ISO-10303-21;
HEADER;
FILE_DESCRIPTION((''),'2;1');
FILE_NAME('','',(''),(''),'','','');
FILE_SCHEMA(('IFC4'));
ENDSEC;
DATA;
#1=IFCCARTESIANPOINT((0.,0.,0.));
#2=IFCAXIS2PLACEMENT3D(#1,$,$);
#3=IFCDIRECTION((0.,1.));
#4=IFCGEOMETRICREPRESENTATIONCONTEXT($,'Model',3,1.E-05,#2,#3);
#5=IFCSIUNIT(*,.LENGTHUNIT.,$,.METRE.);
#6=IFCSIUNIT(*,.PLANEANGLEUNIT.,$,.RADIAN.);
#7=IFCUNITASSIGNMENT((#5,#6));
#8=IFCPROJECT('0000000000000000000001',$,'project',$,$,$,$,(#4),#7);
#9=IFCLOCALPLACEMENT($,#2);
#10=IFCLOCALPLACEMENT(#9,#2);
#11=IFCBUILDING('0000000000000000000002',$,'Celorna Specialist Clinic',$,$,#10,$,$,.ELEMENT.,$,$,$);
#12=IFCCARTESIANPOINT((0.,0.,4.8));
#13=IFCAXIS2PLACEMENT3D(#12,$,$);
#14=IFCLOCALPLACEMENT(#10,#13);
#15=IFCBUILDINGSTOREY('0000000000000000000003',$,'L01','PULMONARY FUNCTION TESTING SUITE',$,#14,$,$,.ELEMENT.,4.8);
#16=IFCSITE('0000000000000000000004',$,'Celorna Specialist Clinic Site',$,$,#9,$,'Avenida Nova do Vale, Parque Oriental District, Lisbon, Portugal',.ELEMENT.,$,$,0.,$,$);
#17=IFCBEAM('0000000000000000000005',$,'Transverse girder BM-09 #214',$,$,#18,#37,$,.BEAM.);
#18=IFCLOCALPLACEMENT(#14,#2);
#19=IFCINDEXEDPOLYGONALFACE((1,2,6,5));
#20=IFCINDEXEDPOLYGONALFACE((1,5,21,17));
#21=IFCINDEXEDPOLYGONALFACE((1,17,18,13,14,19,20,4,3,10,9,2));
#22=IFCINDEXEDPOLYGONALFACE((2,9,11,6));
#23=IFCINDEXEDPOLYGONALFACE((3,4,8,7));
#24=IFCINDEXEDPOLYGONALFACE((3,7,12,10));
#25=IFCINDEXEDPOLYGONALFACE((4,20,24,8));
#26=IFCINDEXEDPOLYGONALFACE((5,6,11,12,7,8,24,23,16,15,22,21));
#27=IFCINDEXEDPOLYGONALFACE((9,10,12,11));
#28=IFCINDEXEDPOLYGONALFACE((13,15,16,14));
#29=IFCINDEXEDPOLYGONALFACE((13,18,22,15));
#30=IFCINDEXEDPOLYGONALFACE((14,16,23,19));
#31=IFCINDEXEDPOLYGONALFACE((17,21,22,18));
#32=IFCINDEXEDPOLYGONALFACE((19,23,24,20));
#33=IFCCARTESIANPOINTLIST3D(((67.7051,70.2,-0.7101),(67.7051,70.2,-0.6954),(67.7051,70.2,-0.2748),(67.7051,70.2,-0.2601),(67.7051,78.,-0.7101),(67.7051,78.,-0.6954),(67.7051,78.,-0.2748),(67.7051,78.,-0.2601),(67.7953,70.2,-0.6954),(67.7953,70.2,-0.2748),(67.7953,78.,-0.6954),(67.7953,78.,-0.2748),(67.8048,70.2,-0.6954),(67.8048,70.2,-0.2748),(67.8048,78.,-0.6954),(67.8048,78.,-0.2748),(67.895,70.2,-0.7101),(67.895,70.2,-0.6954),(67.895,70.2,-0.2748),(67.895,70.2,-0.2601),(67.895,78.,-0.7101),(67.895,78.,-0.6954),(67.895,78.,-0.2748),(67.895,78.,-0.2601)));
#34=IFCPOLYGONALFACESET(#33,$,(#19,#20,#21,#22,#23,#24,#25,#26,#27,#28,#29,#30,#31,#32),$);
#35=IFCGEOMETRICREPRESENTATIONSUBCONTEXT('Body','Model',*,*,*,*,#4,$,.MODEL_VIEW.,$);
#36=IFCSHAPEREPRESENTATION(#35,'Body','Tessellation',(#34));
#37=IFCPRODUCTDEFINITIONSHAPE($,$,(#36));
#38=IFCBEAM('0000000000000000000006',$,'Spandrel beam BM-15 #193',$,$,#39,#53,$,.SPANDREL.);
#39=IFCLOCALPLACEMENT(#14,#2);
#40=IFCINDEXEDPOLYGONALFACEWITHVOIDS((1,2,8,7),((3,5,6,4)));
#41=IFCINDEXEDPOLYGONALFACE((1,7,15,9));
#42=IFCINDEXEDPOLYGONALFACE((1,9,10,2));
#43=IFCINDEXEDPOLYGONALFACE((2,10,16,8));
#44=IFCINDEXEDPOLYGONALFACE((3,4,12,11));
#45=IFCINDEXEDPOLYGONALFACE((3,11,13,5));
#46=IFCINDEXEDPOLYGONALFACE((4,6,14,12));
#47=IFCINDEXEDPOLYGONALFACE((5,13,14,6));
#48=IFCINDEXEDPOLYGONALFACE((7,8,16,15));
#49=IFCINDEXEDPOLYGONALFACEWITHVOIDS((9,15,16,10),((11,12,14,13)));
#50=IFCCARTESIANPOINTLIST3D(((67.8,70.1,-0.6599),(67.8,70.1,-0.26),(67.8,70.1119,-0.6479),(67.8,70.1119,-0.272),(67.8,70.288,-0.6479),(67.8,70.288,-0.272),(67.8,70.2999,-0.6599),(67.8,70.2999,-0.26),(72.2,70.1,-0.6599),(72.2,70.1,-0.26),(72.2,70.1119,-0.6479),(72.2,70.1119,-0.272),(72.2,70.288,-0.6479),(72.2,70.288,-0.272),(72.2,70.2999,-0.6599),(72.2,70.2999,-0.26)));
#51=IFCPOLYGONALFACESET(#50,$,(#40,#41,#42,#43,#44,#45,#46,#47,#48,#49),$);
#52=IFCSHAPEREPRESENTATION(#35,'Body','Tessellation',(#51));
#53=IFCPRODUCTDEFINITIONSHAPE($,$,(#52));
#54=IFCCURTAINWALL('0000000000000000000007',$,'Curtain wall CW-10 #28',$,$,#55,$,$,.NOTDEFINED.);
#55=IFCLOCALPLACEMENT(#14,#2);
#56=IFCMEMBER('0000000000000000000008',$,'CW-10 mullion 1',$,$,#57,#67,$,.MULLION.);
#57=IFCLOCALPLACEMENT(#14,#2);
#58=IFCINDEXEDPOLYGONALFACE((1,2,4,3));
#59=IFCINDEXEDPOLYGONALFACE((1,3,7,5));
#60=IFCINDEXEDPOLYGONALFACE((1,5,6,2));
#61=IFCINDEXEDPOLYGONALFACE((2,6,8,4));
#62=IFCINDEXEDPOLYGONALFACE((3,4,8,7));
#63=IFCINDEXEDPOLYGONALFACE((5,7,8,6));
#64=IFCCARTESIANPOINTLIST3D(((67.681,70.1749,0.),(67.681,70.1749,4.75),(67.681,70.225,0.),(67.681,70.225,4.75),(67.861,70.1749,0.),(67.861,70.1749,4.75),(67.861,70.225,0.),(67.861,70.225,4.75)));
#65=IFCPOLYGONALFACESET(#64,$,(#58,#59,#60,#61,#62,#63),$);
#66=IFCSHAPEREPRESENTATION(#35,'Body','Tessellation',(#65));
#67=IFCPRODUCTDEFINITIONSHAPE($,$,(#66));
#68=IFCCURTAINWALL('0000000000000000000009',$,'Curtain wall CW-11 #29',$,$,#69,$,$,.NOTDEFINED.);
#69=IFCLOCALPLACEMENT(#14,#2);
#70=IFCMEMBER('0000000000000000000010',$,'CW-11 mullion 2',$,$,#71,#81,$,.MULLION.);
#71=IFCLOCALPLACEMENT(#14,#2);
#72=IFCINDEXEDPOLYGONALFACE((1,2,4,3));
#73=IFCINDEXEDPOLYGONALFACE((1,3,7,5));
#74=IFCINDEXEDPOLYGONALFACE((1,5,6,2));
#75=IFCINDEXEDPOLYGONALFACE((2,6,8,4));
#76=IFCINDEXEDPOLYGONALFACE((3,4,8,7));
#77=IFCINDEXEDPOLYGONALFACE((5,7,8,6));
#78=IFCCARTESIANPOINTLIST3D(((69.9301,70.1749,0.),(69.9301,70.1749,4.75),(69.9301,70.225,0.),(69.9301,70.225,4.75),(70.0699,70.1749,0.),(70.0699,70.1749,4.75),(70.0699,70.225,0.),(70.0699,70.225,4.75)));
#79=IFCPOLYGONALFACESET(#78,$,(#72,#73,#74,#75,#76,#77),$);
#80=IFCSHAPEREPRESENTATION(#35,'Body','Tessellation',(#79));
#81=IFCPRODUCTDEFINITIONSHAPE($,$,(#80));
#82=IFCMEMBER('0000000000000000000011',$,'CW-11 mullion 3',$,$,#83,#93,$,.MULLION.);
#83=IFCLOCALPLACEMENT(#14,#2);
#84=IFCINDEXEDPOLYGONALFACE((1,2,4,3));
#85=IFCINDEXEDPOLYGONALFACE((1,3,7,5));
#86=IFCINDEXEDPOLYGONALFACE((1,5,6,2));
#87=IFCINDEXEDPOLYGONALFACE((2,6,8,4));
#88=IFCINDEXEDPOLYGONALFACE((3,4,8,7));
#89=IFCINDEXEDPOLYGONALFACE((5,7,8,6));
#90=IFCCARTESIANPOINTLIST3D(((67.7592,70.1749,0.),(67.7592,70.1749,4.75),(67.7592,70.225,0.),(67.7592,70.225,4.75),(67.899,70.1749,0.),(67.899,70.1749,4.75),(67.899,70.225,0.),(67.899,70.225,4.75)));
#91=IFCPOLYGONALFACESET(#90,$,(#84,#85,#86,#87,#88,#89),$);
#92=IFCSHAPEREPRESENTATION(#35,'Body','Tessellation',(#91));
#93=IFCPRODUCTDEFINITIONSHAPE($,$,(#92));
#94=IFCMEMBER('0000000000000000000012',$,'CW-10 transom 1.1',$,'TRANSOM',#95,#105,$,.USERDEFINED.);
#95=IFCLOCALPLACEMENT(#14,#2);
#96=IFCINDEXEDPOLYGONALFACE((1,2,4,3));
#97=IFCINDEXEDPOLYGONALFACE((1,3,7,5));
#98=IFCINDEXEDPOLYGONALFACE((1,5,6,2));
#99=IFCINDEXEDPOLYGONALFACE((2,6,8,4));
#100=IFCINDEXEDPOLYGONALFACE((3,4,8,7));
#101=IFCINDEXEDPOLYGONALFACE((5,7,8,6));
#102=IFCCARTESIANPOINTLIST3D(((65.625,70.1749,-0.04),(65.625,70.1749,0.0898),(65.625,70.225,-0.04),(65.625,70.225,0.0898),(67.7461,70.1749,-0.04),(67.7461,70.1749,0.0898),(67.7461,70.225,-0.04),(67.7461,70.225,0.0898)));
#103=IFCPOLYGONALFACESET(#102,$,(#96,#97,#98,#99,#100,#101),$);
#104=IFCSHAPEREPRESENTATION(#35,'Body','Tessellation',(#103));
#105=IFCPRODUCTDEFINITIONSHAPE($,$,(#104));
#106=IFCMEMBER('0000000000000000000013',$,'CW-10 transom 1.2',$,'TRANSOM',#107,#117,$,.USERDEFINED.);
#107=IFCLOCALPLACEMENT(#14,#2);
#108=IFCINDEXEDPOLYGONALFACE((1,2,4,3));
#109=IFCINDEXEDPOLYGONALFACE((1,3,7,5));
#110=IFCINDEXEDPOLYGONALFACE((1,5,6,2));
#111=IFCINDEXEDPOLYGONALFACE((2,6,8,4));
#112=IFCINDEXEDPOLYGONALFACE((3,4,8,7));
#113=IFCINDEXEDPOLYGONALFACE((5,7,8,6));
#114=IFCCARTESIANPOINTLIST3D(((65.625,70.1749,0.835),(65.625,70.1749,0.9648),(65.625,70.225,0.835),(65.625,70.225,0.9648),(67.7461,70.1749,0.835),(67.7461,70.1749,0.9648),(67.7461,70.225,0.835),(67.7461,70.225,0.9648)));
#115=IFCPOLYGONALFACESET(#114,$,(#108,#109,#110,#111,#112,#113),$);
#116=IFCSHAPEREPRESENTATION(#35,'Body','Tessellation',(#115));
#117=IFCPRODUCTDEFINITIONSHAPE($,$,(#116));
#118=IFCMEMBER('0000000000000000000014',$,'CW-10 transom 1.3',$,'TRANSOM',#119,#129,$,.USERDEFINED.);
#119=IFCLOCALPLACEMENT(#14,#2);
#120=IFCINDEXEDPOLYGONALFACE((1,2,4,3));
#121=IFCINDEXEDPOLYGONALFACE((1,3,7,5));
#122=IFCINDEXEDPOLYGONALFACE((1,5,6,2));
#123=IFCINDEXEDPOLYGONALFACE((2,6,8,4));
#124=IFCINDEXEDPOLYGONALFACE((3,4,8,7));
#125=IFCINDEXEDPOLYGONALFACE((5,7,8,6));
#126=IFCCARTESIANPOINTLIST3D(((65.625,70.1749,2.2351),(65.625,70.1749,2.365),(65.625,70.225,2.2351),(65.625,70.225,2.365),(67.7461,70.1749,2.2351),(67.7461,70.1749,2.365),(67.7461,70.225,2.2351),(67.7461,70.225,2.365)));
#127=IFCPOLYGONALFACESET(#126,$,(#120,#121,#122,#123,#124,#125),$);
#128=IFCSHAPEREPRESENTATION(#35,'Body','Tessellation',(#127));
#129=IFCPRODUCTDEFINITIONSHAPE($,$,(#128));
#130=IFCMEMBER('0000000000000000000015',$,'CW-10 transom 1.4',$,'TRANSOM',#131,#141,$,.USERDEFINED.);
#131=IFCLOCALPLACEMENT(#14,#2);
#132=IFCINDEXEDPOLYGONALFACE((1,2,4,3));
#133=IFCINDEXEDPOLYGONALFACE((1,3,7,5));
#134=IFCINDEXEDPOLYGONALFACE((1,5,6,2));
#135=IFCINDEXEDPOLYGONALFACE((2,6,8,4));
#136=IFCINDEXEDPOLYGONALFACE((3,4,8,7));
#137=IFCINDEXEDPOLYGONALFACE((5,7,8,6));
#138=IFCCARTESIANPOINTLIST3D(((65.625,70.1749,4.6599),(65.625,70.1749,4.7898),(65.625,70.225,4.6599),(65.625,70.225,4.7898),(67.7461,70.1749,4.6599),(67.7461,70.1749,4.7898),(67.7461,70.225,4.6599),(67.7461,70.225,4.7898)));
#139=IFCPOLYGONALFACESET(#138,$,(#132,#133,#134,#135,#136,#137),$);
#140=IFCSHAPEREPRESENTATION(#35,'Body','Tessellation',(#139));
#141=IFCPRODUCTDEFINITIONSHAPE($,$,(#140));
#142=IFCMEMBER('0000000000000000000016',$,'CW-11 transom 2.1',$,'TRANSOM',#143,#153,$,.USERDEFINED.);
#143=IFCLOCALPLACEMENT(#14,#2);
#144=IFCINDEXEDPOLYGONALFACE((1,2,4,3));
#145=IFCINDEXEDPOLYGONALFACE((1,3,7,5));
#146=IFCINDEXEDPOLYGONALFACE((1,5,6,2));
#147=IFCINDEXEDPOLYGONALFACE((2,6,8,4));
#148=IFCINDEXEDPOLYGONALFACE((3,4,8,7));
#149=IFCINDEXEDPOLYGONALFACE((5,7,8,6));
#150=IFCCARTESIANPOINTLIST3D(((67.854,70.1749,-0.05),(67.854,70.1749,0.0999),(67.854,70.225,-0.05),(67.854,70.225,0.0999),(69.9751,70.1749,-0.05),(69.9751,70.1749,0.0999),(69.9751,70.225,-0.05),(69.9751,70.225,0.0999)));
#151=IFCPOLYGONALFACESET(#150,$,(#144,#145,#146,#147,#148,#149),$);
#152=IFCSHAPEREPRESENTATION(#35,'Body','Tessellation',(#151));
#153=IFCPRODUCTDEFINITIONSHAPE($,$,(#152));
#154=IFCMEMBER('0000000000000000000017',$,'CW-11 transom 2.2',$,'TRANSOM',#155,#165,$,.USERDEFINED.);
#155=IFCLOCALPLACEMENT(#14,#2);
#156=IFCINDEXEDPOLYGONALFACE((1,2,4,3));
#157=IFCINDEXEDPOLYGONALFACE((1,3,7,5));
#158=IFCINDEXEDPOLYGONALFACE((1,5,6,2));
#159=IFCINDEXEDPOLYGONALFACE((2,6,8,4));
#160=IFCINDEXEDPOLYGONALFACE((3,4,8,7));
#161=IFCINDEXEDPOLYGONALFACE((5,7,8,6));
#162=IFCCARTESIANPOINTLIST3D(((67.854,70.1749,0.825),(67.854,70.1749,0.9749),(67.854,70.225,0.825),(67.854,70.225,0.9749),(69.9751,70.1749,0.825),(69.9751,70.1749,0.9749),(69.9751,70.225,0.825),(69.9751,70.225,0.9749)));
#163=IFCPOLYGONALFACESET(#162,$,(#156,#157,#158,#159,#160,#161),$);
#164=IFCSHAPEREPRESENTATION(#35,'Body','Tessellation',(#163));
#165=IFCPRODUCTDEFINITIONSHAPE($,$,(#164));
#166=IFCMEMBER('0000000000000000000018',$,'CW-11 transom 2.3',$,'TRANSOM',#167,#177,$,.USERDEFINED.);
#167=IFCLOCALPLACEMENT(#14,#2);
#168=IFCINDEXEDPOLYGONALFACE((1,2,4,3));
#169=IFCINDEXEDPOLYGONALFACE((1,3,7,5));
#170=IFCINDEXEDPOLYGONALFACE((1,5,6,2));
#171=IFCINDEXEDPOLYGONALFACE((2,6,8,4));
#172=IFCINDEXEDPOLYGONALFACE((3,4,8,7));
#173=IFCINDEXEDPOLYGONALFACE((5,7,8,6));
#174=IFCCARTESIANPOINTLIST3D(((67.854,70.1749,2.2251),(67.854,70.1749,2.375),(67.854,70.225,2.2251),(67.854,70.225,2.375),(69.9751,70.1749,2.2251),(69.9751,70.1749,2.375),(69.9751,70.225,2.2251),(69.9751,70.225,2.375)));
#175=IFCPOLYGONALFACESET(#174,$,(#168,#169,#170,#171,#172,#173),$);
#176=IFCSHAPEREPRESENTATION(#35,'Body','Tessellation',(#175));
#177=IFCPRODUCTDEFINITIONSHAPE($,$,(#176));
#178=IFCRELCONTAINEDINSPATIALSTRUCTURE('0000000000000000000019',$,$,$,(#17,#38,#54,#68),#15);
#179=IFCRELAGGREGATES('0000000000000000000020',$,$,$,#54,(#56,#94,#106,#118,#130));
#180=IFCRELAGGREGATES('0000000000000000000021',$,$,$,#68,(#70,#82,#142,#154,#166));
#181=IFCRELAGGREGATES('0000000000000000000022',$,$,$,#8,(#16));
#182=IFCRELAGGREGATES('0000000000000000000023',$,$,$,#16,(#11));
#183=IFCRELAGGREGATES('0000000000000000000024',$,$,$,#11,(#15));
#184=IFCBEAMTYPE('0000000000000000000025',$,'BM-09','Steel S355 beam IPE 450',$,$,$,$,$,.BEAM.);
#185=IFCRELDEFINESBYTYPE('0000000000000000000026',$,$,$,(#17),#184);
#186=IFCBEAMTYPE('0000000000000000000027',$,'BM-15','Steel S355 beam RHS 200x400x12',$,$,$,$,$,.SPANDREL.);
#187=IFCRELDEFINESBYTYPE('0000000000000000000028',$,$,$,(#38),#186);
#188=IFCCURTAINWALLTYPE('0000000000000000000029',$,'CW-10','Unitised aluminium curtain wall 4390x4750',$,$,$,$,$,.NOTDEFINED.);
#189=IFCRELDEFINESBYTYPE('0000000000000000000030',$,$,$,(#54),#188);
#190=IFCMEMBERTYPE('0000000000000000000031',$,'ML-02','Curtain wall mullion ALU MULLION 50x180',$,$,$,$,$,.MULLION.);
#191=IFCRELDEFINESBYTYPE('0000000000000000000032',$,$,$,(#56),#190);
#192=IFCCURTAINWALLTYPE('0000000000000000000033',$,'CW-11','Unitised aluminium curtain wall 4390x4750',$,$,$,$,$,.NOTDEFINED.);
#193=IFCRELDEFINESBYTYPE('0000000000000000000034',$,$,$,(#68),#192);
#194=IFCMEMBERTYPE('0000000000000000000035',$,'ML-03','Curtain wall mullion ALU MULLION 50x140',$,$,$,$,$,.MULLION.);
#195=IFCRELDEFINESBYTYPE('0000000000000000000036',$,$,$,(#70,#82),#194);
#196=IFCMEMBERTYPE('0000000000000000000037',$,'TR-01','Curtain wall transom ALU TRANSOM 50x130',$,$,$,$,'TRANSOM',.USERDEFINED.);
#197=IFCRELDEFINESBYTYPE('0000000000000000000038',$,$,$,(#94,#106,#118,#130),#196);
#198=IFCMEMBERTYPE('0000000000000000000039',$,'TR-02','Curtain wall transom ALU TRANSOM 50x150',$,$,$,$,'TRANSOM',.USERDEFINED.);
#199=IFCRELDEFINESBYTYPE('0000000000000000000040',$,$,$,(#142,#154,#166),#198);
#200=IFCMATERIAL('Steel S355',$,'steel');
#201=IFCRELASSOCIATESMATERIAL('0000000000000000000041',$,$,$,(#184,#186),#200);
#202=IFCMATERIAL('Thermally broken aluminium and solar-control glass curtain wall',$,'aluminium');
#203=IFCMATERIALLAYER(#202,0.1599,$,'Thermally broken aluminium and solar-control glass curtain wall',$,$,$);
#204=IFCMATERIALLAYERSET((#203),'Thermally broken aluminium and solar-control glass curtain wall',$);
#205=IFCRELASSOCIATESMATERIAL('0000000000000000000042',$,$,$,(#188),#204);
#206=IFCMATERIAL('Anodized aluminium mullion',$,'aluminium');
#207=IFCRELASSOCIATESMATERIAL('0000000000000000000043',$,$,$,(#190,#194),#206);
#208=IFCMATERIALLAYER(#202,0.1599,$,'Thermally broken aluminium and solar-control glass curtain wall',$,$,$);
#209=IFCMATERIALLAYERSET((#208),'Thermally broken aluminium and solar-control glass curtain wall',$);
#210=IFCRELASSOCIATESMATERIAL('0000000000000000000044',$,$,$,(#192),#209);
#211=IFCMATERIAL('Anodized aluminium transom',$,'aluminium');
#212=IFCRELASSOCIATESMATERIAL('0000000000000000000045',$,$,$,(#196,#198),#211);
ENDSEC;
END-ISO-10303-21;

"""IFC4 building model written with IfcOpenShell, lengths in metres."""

from ifc_helpers import new_model, si_unit, direction, frame, origin, origin_2d, place, context, subcontext, project, spatial, rectangle, hollow_rectangle, i_section, extrude, material, layer, layer_set, material_profile, profile_set, type_object, element, aggregate, save


model = new_model("IFC4")

# Units and contexts
model_context = context("Model", 3, precision=1e-05, world=origin(), true_north=direction((0.0, 1.0)))
body_context = subcontext(model_context, "Body", "Model", "MODEL_VIEW")
ifc_project = project(units=[si_unit("LENGTHUNIT", "METRE"), si_unit("PLANEANGLEUNIT", "RADIAN")], contexts=[model_context])

# Site, building, storey
site_placement = place(None, origin())
site = spatial("IfcSite", under=ifc_project, at=site_placement, Name="Celorna Specialist Clinic Site", LongName="Avenida Nova do Vale, Parque Oriental District, Lisbon, Portugal", CompositionType="ELEMENT", RefElevation=0.0)
building_placement = place(site_placement, origin())
building = spatial("IfcBuilding", under=site, at=building_placement, Name="Celorna Specialist Clinic", CompositionType="ELEMENT")
storey_placement = place(building_placement, frame((0.0, 0.0, 4.8)))
storey = spatial("IfcBuildingStorey", under=building, at=storey_placement, Name="L01", Description="PULMONARY FUNCTION TESTING SUITE", CompositionType="ELEMENT", Elevation=4.8)

# Beams
ifc_material_1 = material(Name="Steel S355", Category="steel")
ifc_material_profile_1 = material_profile(ifc_material_1, i_section(OverallWidth=0.1899, OverallDepth=0.45, WebThickness=0.0095, FlangeThickness=0.0146, at=origin_2d()), Name="IPE 450")
ifc_profile_set_1 = profile_set([ifc_material_profile_1], Name="Steel S355")
beam_type_1 = type_object("IfcBeamType", Name="BM-09", Description="Steel S355 beam IPE 450", PredefinedType="BEAM", material=ifc_profile_set_1)
beam_1_placement = place(storey_placement, frame((67.8, 70.2, -0.4851), z_axis=(0.0, 1.0, 0.0), x_axis=(-1.0, 0.0, 0.0)))
element("IfcBeam", 1, at=beam_1_placement, inside=storey, type_object=beam_type_1, Name="Transverse girder BM-09 #214", PredefinedType="BEAM", context=body_context, shape_type="SweptSolid", body=[
    extrude(i_section(OverallWidth=0.1899, OverallDepth=0.45, WebThickness=0.0095, FlangeThickness=0.0146, at=origin_2d()), origin(), (0.0, 0.0, 1.0), 7.8),
])
ifc_material_profile_2 = material_profile(ifc_material_1, hollow_rectangle(XDim=0.2, YDim=0.3999, WallThickness=0.012, at=origin_2d()), Name="RHS 200x400x12")
ifc_profile_set_2 = profile_set([ifc_material_profile_2], Name="Steel S355")
beam_type_2 = type_object("IfcBeamType", Name="BM-15", Description="Steel S355 beam RHS 200x400x12", PredefinedType="SPANDREL", material=ifc_profile_set_2)
beam_2_placement = place(storey_placement, frame((67.8, 70.2, -0.46), z_axis=(1.0, 0.0, 0.0), x_axis=(0.0, 1.0, 0.0)))
element("IfcBeam", 2, at=beam_2_placement, inside=storey, type_object=beam_type_2, Name="Spandrel beam BM-15 #193", PredefinedType="SPANDREL", context=body_context, shape_type="SweptSolid", body=[
    extrude(hollow_rectangle(XDim=0.2, YDim=0.3999, WallThickness=0.012, at=origin_2d()), origin(), (0.0, 0.0, 1.0), 4.3999),
])

# Curtain wall, member
ifc_material_2 = material(Name="Thermally broken aluminium and solar-control glass curtain wall", Category="aluminium")
ifc_layer_1 = layer(ifc_material_2, 0.1599, Name="Thermally broken aluminium and solar-control glass curtain wall")
ifc_layer_set_1 = layer_set([ifc_layer_1], Name="Thermally broken aluminium and solar-control glass curtain wall")
curtain_wall_type_1 = type_object("IfcCurtainWallType", Name="CW-10", Description="Unitised aluminium curtain wall 4390x4750", PredefinedType="NOTDEFINED", material=ifc_layer_set_1)
curtain_wall_1_placement = place(storey_placement, origin())
curtain_wall_1 = element("IfcCurtainWall", 3, at=curtain_wall_1_placement, inside=storey, type_object=curtain_wall_type_1, Name="Curtain wall CW-10 #28", PredefinedType="NOTDEFINED")
ifc_material_3 = material(Name="Anodized aluminium mullion", Category="aluminium")
ifc_material_profile_3 = material_profile(ifc_material_3, rectangle(XDim=0.05, YDim=0.1799, at=origin_2d()), Name="ALU MULLION 50x180")
ifc_profile_set_3 = profile_set([ifc_material_profile_3], Name="Anodized aluminium mullion")
member_type_1 = type_object("IfcMemberType", Name="ML-02", Description="Curtain wall mullion ALU MULLION 50x180", PredefinedType="MULLION", material=ifc_profile_set_3)
member_1_placement = place(storey_placement, frame((67.771, 70.2, 0.0), z_axis=(0.0, 0.0, 1.0), x_axis=(0.0, -1.0, 0.0)))
member_1 = element("IfcMember", 4, at=member_1_placement, type_object=member_type_1, Name="CW-10 mullion 1", PredefinedType="MULLION", context=body_context, shape_type="SweptSolid", body=[
    extrude(rectangle(XDim=0.05, YDim=0.1799, at=origin_2d()), origin(), (0.0, 0.0, 1.0), 4.75),
])

# Curtain wall, members
ifc_layer_2 = layer(ifc_material_2, 0.1599, Name="Thermally broken aluminium and solar-control glass curtain wall")
ifc_layer_set_2 = layer_set([ifc_layer_2], Name="Thermally broken aluminium and solar-control glass curtain wall")
curtain_wall_type_2 = type_object("IfcCurtainWallType", Name="CW-11", Description="Unitised aluminium curtain wall 4390x4750", PredefinedType="NOTDEFINED", material=ifc_layer_set_2)
curtain_wall_2_placement = place(storey_placement, origin())
curtain_wall_2 = element("IfcCurtainWall", 5, at=curtain_wall_2_placement, inside=storey, type_object=curtain_wall_type_2, Name="Curtain wall CW-11 #29", PredefinedType="NOTDEFINED")
ifc_material_profile_4 = material_profile(ifc_material_3, rectangle(XDim=0.05, YDim=0.1399, at=origin_2d()), Name="ALU MULLION 50x140")
ifc_profile_set_4 = profile_set([ifc_material_profile_4], Name="Anodized aluminium mullion")
member_type_2 = type_object("IfcMemberType", Name="ML-03", Description="Curtain wall mullion ALU MULLION 50x140", PredefinedType="MULLION", material=ifc_profile_set_4)
member_2_placement = place(storey_placement, frame((70.0, 70.2, 0.0), z_axis=(0.0, 0.0, 1.0), x_axis=(0.0, -1.0, 0.0)))
member_2 = element("IfcMember", 6, at=member_2_placement, type_object=member_type_2, Name="CW-11 mullion 2", PredefinedType="MULLION", context=body_context, shape_type="SweptSolid", body=[
    extrude(rectangle(XDim=0.05, YDim=0.1399, at=origin_2d()), origin(), (0.0, 0.0, 1.0), 4.75),
])
member_3_placement = place(storey_placement, frame((67.8291, 70.2, 0.0), z_axis=(0.0, 0.0, 1.0), x_axis=(0.0, -1.0, 0.0)))
member_3 = element("IfcMember", 7, at=member_3_placement, type_object=member_type_2, Name="CW-11 mullion 3", PredefinedType="MULLION", context=body_context, shape_type="SweptSolid", body=[
    extrude(rectangle(XDim=0.05, YDim=0.1399, at=origin_2d()), origin(), (0.0, 0.0, 1.0), 4.75),
])

# Members
ifc_material_4 = material(Name="Anodized aluminium transom", Category="aluminium")
ifc_material_profile_5 = material_profile(ifc_material_4, rectangle(XDim=0.05, YDim=0.1299, at=origin_2d()), Name="ALU TRANSOM 50x130")
ifc_profile_set_5 = profile_set([ifc_material_profile_5], Name="Anodized aluminium transom")
member_type_3 = type_object("IfcMemberType", Name="TR-01", Description="Curtain wall transom ALU TRANSOM 50x130", ElementType="TRANSOM", PredefinedType="USERDEFINED", material=ifc_profile_set_5)
member_4_placement = place(storey_placement, frame((67.7461, 70.2, 0.0249), z_axis=(-1.0, 0.0, 0.0), x_axis=(0.0, -1.0, 0.0)))
member_4 = element("IfcMember", 8, at=member_4_placement, type_object=member_type_3, Name="CW-10 transom 1.1", ObjectType="TRANSOM", PredefinedType="USERDEFINED", context=body_context, shape_type="SweptSolid", body=[
    extrude(rectangle(XDim=0.05, YDim=0.1299, at=origin_2d()), origin(), (0.0, 0.0, 1.0), 2.1211),
])
member_5_placement = place(storey_placement, frame((67.7461, 70.2, 0.8999), z_axis=(-1.0, 0.0, 0.0), x_axis=(0.0, -1.0, 0.0)))
member_5 = element("IfcMember", 9, at=member_5_placement, type_object=member_type_3, Name="CW-10 transom 1.2", ObjectType="TRANSOM", PredefinedType="USERDEFINED", context=body_context, shape_type="SweptSolid", body=[
    extrude(rectangle(XDim=0.05, YDim=0.1299, at=origin_2d()), origin(), (0.0, 0.0, 1.0), 2.1211),
])
member_6_placement = place(storey_placement, frame((67.7461, 70.2, 2.3), z_axis=(-1.0, 0.0, 0.0), x_axis=(0.0, -1.0, 0.0)))
member_6 = element("IfcMember", 10, at=member_6_placement, type_object=member_type_3, Name="CW-10 transom 1.3", ObjectType="TRANSOM", PredefinedType="USERDEFINED", context=body_context, shape_type="SweptSolid", body=[
    extrude(rectangle(XDim=0.05, YDim=0.1299, at=origin_2d()), origin(), (0.0, 0.0, 1.0), 2.1211),
])
member_7_placement = place(storey_placement, frame((67.7461, 70.2, 4.7249), z_axis=(-1.0, 0.0, 0.0), x_axis=(0.0, -1.0, 0.0)))
member_7 = element("IfcMember", 11, at=member_7_placement, type_object=member_type_3, Name="CW-10 transom 1.4", ObjectType="TRANSOM", PredefinedType="USERDEFINED", context=body_context, shape_type="SweptSolid", body=[
    extrude(rectangle(XDim=0.05, YDim=0.1299, at=origin_2d()), origin(), (0.0, 0.0, 1.0), 2.1211),
])
aggregate(curtain_wall_1, [member_1, member_4, member_5, member_6, member_7])
ifc_material_profile_6 = material_profile(ifc_material_4, rectangle(XDim=0.05, YDim=0.1499, at=origin_2d()), Name="ALU TRANSOM 50x150")
ifc_profile_set_6 = profile_set([ifc_material_profile_6], Name="Anodized aluminium transom")
member_type_4 = type_object("IfcMemberType", Name="TR-02", Description="Curtain wall transom ALU TRANSOM 50x150", ElementType="TRANSOM", PredefinedType="USERDEFINED", material=ifc_profile_set_6)
member_8_placement = place(storey_placement, frame((69.9751, 70.2, 0.0249), z_axis=(-1.0, 0.0, 0.0), x_axis=(0.0, -1.0, 0.0)))
member_8 = element("IfcMember", 12, at=member_8_placement, type_object=member_type_4, Name="CW-11 transom 2.1", ObjectType="TRANSOM", PredefinedType="USERDEFINED", context=body_context, shape_type="SweptSolid", body=[
    extrude(rectangle(XDim=0.05, YDim=0.1499, at=origin_2d()), origin(), (0.0, 0.0, 1.0), 2.1211),
])
member_9_placement = place(storey_placement, frame((69.9751, 70.2, 0.8999), z_axis=(-1.0, 0.0, 0.0), x_axis=(0.0, -1.0, 0.0)))
member_9 = element("IfcMember", 13, at=member_9_placement, type_object=member_type_4, Name="CW-11 transom 2.2", ObjectType="TRANSOM", PredefinedType="USERDEFINED", context=body_context, shape_type="SweptSolid", body=[
    extrude(rectangle(XDim=0.05, YDim=0.1499, at=origin_2d()), origin(), (0.0, 0.0, 1.0), 2.1211),
])
member_10_placement = place(storey_placement, frame((69.9751, 70.2, 2.3), z_axis=(-1.0, 0.0, 0.0), x_axis=(0.0, -1.0, 0.0)))
member_10 = element("IfcMember", 14, at=member_10_placement, type_object=member_type_4, Name="CW-11 transom 2.3", ObjectType="TRANSOM", PredefinedType="USERDEFINED", context=body_context, shape_type="SweptSolid", body=[
    extrude(rectangle(XDim=0.05, YDim=0.1499, at=origin_2d()), origin(), (0.0, 0.0, 1.0), 2.1211),
])

aggregate(curtain_wall_2, [member_2, member_3, member_8, member_9, member_10])

save(model, "model.ifc")
